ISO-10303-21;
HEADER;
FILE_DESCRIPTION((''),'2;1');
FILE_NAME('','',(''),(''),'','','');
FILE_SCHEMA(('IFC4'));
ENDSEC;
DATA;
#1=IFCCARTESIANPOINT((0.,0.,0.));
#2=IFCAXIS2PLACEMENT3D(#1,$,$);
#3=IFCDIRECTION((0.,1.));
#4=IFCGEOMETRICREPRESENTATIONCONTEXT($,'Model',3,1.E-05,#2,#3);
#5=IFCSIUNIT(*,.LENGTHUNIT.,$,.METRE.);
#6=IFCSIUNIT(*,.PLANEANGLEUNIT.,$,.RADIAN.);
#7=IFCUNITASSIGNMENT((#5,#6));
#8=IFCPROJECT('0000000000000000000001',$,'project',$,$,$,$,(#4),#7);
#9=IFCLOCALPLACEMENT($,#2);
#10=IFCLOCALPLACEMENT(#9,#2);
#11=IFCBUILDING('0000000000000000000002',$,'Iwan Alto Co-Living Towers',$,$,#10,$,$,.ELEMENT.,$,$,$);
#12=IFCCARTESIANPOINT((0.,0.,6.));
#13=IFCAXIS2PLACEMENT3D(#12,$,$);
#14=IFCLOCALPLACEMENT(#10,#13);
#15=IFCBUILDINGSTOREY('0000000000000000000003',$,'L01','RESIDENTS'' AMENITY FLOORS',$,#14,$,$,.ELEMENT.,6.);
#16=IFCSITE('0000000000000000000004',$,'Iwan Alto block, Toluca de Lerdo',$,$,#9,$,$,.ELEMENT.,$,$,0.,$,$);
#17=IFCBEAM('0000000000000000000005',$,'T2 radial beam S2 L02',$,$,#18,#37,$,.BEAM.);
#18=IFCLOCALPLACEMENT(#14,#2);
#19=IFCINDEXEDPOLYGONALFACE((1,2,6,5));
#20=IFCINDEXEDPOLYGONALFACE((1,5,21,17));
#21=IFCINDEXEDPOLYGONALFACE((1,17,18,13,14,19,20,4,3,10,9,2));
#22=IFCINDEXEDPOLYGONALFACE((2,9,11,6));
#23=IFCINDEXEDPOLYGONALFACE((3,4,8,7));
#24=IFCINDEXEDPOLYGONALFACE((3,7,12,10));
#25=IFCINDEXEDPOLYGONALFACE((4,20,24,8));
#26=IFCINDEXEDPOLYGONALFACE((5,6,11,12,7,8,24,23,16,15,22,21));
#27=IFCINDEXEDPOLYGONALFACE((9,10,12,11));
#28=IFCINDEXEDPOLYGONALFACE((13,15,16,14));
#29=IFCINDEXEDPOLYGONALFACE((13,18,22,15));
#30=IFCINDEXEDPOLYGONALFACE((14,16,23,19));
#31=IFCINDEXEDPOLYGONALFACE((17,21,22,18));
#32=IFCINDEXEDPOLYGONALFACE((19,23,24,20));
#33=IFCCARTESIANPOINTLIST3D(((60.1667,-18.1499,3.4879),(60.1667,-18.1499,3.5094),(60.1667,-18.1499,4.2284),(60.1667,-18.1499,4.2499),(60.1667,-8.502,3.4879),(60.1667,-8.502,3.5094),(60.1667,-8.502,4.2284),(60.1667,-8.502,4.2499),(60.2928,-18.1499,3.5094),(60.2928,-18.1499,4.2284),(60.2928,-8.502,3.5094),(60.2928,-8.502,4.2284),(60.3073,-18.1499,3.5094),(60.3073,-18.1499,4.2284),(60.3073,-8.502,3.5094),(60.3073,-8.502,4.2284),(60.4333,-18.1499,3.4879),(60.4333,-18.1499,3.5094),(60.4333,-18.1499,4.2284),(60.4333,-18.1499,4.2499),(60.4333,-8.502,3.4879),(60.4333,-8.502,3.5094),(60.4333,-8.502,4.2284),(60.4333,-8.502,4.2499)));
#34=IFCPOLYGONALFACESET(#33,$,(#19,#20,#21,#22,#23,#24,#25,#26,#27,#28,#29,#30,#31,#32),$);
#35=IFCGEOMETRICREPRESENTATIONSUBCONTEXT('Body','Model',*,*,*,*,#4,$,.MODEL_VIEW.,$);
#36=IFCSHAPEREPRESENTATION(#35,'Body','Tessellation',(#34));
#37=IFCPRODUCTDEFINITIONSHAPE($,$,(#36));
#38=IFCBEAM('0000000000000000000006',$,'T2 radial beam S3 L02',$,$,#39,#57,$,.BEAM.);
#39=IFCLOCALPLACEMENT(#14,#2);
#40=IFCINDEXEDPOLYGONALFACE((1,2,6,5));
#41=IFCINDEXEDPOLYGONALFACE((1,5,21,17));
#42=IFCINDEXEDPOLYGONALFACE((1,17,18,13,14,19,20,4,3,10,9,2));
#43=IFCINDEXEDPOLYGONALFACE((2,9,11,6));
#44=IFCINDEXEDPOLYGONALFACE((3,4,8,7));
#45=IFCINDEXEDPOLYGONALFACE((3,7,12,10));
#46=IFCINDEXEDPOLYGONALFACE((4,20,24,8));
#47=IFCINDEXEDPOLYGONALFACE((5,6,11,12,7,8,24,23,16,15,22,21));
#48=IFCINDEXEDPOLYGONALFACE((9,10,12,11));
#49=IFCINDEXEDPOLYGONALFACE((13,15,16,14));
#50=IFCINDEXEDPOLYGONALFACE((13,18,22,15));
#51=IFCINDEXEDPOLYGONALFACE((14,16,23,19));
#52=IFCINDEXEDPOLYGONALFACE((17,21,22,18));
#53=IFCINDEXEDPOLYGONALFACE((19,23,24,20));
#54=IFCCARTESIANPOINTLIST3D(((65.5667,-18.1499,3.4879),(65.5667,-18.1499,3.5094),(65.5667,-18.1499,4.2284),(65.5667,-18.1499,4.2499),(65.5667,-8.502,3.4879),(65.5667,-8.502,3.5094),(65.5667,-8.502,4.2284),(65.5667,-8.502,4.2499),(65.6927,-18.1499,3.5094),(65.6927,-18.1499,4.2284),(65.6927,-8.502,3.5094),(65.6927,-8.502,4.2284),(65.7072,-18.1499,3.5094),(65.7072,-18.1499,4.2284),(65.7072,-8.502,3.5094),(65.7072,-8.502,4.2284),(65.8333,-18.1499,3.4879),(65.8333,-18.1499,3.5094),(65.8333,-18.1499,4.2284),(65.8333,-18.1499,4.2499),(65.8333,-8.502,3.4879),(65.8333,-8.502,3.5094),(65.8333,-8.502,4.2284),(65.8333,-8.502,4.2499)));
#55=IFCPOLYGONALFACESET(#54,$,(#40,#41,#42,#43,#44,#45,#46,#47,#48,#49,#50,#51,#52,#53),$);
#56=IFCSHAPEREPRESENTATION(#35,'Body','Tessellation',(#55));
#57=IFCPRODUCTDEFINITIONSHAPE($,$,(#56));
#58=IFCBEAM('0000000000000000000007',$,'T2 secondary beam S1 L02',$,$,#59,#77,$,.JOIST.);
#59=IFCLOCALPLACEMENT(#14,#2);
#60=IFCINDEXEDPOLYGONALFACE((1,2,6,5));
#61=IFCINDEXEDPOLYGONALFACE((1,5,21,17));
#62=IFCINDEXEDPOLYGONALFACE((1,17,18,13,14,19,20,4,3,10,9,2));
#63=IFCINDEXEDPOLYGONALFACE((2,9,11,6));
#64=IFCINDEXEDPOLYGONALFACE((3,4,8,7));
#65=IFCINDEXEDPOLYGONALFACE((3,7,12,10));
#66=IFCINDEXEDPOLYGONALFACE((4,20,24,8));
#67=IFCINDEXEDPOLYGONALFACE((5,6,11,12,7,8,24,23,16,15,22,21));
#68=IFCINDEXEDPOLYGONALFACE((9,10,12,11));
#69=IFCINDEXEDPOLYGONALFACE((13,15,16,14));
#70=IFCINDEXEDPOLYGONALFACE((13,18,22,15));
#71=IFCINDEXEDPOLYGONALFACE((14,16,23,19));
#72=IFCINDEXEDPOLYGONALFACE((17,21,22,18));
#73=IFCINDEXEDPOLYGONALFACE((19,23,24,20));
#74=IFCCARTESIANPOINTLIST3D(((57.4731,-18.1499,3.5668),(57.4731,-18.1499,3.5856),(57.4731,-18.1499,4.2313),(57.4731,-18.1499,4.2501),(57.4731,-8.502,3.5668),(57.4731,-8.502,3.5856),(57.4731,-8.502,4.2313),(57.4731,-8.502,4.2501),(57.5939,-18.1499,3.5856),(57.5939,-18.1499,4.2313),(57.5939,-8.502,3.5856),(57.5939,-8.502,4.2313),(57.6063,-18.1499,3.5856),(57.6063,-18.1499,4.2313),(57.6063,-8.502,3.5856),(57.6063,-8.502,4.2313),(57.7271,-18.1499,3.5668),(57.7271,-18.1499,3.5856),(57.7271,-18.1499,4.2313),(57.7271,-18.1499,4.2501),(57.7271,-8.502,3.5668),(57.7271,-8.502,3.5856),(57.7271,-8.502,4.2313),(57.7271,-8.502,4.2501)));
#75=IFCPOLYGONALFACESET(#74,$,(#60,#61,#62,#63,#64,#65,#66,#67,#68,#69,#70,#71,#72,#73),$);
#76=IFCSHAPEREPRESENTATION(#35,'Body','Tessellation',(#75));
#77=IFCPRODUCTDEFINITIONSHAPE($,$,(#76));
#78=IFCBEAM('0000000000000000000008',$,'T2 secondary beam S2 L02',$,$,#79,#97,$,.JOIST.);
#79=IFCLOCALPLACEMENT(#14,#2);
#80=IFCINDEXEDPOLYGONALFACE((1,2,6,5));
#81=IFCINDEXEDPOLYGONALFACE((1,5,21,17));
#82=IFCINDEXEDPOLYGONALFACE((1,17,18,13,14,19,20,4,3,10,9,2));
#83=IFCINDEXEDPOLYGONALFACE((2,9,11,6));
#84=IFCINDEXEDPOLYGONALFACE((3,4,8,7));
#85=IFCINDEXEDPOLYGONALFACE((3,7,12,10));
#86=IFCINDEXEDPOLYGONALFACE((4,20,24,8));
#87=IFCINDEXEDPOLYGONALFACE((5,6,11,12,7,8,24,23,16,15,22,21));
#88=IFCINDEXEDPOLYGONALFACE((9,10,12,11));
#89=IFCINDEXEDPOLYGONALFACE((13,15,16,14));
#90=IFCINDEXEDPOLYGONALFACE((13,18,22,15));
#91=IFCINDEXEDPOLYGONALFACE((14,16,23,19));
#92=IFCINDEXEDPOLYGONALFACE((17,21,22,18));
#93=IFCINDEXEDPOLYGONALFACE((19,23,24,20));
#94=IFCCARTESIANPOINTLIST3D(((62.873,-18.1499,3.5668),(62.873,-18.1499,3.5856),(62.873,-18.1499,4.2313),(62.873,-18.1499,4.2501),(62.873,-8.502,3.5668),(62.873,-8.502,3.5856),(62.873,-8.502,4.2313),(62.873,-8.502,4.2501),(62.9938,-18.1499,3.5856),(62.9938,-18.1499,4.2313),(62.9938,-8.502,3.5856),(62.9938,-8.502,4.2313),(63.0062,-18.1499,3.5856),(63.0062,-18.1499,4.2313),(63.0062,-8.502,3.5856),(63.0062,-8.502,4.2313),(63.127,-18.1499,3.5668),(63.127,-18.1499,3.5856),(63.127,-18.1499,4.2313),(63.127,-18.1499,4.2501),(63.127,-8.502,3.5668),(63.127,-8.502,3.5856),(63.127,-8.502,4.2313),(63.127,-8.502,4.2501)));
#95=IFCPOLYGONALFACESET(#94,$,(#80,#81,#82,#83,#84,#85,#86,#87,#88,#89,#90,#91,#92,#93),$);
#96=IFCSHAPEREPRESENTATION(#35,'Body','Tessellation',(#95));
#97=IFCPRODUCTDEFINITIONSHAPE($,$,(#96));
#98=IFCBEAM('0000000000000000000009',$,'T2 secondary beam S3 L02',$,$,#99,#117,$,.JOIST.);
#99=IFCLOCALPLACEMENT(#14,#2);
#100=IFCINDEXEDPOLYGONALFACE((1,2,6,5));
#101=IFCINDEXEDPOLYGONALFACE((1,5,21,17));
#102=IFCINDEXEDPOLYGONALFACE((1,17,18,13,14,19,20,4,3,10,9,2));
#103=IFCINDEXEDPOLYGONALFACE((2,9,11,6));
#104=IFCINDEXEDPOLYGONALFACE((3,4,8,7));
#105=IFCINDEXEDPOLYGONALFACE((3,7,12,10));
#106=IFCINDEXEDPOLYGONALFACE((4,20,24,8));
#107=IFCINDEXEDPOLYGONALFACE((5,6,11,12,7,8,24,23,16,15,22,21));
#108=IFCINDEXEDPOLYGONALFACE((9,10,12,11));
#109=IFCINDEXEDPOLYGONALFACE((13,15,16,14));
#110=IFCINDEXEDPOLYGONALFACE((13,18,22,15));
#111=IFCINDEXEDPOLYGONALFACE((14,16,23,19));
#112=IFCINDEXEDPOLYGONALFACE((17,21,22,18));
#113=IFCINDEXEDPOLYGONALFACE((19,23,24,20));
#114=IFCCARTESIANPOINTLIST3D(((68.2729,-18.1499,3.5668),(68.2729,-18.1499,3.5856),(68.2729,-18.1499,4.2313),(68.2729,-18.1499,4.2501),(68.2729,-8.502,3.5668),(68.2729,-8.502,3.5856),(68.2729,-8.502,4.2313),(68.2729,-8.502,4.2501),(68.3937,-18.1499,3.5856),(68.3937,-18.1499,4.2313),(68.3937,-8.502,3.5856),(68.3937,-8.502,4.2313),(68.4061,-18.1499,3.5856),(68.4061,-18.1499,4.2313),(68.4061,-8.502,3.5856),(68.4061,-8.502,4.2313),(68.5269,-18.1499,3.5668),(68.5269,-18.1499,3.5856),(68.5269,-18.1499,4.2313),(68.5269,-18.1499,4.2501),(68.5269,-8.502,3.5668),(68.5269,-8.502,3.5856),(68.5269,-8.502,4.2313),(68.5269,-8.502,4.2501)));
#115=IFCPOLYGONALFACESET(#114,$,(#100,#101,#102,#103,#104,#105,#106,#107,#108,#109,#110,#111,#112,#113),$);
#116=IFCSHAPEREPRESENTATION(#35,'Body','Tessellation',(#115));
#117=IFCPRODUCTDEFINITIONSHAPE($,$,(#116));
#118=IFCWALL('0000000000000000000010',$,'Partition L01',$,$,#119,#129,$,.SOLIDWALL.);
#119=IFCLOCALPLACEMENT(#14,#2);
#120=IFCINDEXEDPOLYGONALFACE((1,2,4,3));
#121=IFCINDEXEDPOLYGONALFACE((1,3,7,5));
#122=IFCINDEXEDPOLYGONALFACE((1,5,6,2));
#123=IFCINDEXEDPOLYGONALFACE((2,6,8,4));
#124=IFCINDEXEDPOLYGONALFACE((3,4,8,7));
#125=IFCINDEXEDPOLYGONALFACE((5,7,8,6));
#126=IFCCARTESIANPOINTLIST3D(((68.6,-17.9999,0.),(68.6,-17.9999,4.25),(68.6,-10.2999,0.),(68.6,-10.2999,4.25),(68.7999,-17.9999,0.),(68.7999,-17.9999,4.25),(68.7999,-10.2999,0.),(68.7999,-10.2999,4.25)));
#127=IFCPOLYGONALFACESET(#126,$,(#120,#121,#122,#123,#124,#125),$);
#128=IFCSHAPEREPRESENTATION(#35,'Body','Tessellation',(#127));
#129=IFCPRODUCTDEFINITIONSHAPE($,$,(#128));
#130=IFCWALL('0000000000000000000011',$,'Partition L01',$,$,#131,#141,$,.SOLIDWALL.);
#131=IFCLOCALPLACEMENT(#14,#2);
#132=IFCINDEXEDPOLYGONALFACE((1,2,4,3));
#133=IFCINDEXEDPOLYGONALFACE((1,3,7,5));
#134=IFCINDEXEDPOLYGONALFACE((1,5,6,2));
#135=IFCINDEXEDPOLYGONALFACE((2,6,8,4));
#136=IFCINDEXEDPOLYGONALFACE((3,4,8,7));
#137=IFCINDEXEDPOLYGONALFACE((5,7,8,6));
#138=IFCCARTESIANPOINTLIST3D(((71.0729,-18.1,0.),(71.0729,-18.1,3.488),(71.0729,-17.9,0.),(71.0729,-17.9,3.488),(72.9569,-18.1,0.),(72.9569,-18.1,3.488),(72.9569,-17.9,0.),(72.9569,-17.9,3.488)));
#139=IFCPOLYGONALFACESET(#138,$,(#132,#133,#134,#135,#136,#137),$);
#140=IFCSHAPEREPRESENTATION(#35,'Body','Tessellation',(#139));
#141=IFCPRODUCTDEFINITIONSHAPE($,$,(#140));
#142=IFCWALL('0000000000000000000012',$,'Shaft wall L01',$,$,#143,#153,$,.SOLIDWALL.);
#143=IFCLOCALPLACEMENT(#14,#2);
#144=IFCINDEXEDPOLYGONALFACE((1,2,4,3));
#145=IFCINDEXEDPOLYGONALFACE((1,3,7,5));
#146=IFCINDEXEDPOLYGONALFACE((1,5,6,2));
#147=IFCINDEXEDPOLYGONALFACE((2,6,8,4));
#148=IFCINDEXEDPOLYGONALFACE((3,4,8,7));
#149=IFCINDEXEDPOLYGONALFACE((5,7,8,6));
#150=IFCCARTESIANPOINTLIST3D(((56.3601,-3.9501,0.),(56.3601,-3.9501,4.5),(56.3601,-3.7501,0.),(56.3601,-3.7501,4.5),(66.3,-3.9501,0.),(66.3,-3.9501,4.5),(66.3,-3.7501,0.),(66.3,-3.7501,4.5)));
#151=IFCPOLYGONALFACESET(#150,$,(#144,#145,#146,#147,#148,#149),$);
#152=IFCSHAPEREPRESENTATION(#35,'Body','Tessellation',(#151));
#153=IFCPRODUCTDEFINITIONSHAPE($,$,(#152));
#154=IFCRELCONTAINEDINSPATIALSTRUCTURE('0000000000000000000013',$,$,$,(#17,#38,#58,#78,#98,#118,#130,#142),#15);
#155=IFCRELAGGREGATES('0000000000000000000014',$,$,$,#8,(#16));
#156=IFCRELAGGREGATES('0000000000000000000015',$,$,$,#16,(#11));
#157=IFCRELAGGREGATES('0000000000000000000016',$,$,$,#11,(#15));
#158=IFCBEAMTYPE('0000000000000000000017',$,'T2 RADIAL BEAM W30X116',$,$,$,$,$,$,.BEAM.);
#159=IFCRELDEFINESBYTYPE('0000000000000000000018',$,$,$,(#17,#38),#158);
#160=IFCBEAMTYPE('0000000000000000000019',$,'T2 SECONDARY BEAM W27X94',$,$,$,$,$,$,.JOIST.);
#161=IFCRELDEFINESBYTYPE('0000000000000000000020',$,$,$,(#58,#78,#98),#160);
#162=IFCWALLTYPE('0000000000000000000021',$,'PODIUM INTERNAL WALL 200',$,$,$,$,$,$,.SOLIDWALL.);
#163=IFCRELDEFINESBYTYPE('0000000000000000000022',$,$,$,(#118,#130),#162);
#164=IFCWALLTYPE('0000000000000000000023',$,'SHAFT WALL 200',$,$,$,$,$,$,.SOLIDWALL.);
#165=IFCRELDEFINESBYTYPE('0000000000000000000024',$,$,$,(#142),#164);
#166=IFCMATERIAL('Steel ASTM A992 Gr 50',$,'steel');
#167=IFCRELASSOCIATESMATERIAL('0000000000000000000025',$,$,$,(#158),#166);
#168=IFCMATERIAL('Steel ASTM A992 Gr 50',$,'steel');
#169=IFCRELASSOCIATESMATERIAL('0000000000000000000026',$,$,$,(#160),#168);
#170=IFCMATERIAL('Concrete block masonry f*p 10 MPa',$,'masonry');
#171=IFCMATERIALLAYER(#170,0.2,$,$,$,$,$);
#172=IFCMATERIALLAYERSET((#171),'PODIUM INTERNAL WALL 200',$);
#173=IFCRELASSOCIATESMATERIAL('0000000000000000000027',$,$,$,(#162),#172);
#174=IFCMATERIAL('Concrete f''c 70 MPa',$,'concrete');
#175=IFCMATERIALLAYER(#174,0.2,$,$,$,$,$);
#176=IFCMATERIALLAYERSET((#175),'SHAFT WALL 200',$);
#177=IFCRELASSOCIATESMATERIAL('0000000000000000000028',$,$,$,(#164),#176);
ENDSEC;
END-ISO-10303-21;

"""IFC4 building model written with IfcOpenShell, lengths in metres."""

from ifc_helpers import new_model, si_unit, direction, frame, frame_2d, origin, origin_2d, place, context, subcontext, project, spatial, rectangle, i_section, extrude, material, layer, layer_set, material_profile, profile_set, type_object, element, save


model = new_model("IFC4")

# Units and contexts
model_context = context("Model", 3, precision=1e-05, world=origin(), true_north=direction((0.0, 1.0)))
body_context = subcontext(model_context, "Body", "Model", "MODEL_VIEW")
ifc_project = project(units=[si_unit("LENGTHUNIT", "METRE"), si_unit("PLANEANGLEUNIT", "RADIAN")], contexts=[model_context])

# Site, building, storey
site_placement = place(None, origin())
site = spatial("IfcSite", under=ifc_project, at=site_placement, Name="Iwan Alto block, Toluca de Lerdo", CompositionType="ELEMENT", RefElevation=0.0)
building_placement = place(site_placement, origin())
building = spatial("IfcBuilding", under=site, at=building_placement, Name="Iwan Alto Co-Living Towers", CompositionType="ELEMENT")
storey_placement = place(building_placement, frame((0.0, 0.0, 6.0)))
storey = spatial("IfcBuildingStorey", under=building, at=storey_placement, Name="L01", Description="RESIDENTS' AMENITY FLOORS", CompositionType="ELEMENT", Elevation=6.0)

# Beams
ifc_material_1 = material(Name="Steel ASTM A992 Gr 50", Category="steel")
ifc_material_profile_1 = material_profile(ifc_material_1, i_section(OverallWidth=0.2666, OverallDepth=0.762, WebThickness=0.0144, FlangeThickness=0.0215, at=origin_2d()), Name="W30X116")
ifc_profile_set_1 = profile_set([ifc_material_profile_1], Name="Steel ASTM A992 Gr 50")
beam_type_1 = type_object("IfcBeamType", Name="T2 RADIAL BEAM W30X116", PredefinedType="BEAM", material=ifc_profile_set_1)
for number, where, z_axis, x_axis, name in (
    (1, (60.3, -18.1499, 3.8689), (0.0, 1.0, 0.0), (-1.0, 0.0, 0.0), "T2 radial beam S2 L02"),
    (2, (65.7, -18.1499, 3.8689), (0.0, 1.0, 0.0), (-1.0, 0.0, 0.0), "T2 radial beam S3 L02"),
):
    element("IfcBeam", number, at=place(storey_placement, frame(where, z_axis=z_axis, x_axis=x_axis)), inside=storey, type_object=beam_type_1, Name=name, PredefinedType="BEAM", context=body_context, shape_type="SweptSolid", body=[
        extrude(i_section(OverallWidth=0.2666, OverallDepth=0.762, WebThickness=0.0144, FlangeThickness=0.0215, at=origin_2d()), origin(), (0.0, 0.0, 1.0), 9.6479),
    ])
ifc_material_2 = material(Name="Steel ASTM A992 Gr 50", Category="steel")
ifc_material_profile_2 = material_profile(ifc_material_2, i_section(OverallWidth=0.2539, OverallDepth=0.6833, WebThickness=0.0125, FlangeThickness=0.0188, at=origin_2d()), Name="W27X94")
ifc_profile_set_2 = profile_set([ifc_material_profile_2], Name="Steel ASTM A992 Gr 50")
beam_type_2 = type_object("IfcBeamType", Name="T2 SECONDARY BEAM W27X94", PredefinedType="JOIST", material=ifc_profile_set_2)
for number, where, z_axis, x_axis, name in (
    (3, (57.6001, -18.1499, 3.9084), (0.0, 1.0, 0.0), (-1.0, 0.0, 0.0), "T2 secondary beam S1 L02"),
    (4, (63.0, -18.1499, 3.9084), (0.0, 1.0, 0.0), (-1.0, 0.0, 0.0), "T2 secondary beam S2 L02"),
    (5, (68.3999, -18.1499, 3.9084), (0.0, 1.0, 0.0), (-1.0, 0.0, 0.0), "T2 secondary beam S3 L02"),
):
    element("IfcBeam", number, at=place(storey_placement, frame(where, z_axis=z_axis, x_axis=x_axis)), inside=storey, type_object=beam_type_2, Name=name, PredefinedType="JOIST", context=body_context, shape_type="SweptSolid", body=[
        extrude(i_section(OverallWidth=0.2539, OverallDepth=0.6833, WebThickness=0.0125, FlangeThickness=0.0188, at=origin_2d()), origin(), (0.0, 0.0, 1.0), 9.6479),
    ])

# Walls
ifc_material_3 = material(Name="Concrete block masonry f*p 10 MPa", Category="masonry")
ifc_layer_1 = layer(ifc_material_3, 0.2)
ifc_layer_set_1 = layer_set([ifc_layer_1], Name="PODIUM INTERNAL WALL 200")
wall_type_1 = type_object("IfcWallType", Name="PODIUM INTERNAL WALL 200", PredefinedType="SOLIDWALL", material=ifc_layer_set_1)
wall_1_placement = place(storey_placement, frame((68.7, -18.0, 0.0), z_axis=(0.0, 0.0, 1.0), x_axis=(0.0, 1.0, 0.0)))
element("IfcWall", 6, at=wall_1_placement, inside=storey, type_object=wall_type_1, Name="Partition L01", PredefinedType="SOLIDWALL", context=body_context, shape_type="SweptSolid", body=[
    extrude(rectangle(XDim=7.7, YDim=0.2, at=frame_2d((3.8501, 0.0))), origin(), (0.0, 0.0, 1.0), 4.25),
])
wall_2_placement = place(storey_placement, frame((71.073, -18.0, 0.0), z_axis=(0.0, 0.0, 1.0), x_axis=(1.0, 0.0, 0.0)))
element("IfcWall", 7, at=wall_2_placement, inside=storey, type_object=wall_type_1, Name="Partition L01", PredefinedType="SOLIDWALL", context=body_context, shape_type="SweptSolid", body=[
    extrude(rectangle(XDim=1.884, YDim=0.2, at=frame_2d((0.9419, 0.0))), origin(), (0.0, 0.0, 1.0), 3.488),
])
ifc_material_4 = material(Name="Concrete f'c 70 MPa", Category="concrete")
ifc_layer_2 = layer(ifc_material_4, 0.2)
ifc_layer_set_2 = layer_set([ifc_layer_2], Name="SHAFT WALL 200")
wall_type_2 = type_object("IfcWallType", Name="SHAFT WALL 200", PredefinedType="SOLIDWALL", material=ifc_layer_set_2)
wall_3_placement = place(storey_placement, frame((56.3601, -3.8501, 0.0), z_axis=(0.0, 0.0, 1.0), x_axis=(1.0, 0.0, 0.0)))
element("IfcWall", 8, at=wall_3_placement, inside=storey, type_object=wall_type_2, Name="Shaft wall L01", PredefinedType="SOLIDWALL", context=body_context, shape_type="SweptSolid", body=[
    extrude(rectangle(XDim=9.9399, YDim=0.2, at=frame_2d((4.97, 0.0))), origin(), (0.0, 0.0, 1.0), 4.5),
])

save(model, "model.ifc")
